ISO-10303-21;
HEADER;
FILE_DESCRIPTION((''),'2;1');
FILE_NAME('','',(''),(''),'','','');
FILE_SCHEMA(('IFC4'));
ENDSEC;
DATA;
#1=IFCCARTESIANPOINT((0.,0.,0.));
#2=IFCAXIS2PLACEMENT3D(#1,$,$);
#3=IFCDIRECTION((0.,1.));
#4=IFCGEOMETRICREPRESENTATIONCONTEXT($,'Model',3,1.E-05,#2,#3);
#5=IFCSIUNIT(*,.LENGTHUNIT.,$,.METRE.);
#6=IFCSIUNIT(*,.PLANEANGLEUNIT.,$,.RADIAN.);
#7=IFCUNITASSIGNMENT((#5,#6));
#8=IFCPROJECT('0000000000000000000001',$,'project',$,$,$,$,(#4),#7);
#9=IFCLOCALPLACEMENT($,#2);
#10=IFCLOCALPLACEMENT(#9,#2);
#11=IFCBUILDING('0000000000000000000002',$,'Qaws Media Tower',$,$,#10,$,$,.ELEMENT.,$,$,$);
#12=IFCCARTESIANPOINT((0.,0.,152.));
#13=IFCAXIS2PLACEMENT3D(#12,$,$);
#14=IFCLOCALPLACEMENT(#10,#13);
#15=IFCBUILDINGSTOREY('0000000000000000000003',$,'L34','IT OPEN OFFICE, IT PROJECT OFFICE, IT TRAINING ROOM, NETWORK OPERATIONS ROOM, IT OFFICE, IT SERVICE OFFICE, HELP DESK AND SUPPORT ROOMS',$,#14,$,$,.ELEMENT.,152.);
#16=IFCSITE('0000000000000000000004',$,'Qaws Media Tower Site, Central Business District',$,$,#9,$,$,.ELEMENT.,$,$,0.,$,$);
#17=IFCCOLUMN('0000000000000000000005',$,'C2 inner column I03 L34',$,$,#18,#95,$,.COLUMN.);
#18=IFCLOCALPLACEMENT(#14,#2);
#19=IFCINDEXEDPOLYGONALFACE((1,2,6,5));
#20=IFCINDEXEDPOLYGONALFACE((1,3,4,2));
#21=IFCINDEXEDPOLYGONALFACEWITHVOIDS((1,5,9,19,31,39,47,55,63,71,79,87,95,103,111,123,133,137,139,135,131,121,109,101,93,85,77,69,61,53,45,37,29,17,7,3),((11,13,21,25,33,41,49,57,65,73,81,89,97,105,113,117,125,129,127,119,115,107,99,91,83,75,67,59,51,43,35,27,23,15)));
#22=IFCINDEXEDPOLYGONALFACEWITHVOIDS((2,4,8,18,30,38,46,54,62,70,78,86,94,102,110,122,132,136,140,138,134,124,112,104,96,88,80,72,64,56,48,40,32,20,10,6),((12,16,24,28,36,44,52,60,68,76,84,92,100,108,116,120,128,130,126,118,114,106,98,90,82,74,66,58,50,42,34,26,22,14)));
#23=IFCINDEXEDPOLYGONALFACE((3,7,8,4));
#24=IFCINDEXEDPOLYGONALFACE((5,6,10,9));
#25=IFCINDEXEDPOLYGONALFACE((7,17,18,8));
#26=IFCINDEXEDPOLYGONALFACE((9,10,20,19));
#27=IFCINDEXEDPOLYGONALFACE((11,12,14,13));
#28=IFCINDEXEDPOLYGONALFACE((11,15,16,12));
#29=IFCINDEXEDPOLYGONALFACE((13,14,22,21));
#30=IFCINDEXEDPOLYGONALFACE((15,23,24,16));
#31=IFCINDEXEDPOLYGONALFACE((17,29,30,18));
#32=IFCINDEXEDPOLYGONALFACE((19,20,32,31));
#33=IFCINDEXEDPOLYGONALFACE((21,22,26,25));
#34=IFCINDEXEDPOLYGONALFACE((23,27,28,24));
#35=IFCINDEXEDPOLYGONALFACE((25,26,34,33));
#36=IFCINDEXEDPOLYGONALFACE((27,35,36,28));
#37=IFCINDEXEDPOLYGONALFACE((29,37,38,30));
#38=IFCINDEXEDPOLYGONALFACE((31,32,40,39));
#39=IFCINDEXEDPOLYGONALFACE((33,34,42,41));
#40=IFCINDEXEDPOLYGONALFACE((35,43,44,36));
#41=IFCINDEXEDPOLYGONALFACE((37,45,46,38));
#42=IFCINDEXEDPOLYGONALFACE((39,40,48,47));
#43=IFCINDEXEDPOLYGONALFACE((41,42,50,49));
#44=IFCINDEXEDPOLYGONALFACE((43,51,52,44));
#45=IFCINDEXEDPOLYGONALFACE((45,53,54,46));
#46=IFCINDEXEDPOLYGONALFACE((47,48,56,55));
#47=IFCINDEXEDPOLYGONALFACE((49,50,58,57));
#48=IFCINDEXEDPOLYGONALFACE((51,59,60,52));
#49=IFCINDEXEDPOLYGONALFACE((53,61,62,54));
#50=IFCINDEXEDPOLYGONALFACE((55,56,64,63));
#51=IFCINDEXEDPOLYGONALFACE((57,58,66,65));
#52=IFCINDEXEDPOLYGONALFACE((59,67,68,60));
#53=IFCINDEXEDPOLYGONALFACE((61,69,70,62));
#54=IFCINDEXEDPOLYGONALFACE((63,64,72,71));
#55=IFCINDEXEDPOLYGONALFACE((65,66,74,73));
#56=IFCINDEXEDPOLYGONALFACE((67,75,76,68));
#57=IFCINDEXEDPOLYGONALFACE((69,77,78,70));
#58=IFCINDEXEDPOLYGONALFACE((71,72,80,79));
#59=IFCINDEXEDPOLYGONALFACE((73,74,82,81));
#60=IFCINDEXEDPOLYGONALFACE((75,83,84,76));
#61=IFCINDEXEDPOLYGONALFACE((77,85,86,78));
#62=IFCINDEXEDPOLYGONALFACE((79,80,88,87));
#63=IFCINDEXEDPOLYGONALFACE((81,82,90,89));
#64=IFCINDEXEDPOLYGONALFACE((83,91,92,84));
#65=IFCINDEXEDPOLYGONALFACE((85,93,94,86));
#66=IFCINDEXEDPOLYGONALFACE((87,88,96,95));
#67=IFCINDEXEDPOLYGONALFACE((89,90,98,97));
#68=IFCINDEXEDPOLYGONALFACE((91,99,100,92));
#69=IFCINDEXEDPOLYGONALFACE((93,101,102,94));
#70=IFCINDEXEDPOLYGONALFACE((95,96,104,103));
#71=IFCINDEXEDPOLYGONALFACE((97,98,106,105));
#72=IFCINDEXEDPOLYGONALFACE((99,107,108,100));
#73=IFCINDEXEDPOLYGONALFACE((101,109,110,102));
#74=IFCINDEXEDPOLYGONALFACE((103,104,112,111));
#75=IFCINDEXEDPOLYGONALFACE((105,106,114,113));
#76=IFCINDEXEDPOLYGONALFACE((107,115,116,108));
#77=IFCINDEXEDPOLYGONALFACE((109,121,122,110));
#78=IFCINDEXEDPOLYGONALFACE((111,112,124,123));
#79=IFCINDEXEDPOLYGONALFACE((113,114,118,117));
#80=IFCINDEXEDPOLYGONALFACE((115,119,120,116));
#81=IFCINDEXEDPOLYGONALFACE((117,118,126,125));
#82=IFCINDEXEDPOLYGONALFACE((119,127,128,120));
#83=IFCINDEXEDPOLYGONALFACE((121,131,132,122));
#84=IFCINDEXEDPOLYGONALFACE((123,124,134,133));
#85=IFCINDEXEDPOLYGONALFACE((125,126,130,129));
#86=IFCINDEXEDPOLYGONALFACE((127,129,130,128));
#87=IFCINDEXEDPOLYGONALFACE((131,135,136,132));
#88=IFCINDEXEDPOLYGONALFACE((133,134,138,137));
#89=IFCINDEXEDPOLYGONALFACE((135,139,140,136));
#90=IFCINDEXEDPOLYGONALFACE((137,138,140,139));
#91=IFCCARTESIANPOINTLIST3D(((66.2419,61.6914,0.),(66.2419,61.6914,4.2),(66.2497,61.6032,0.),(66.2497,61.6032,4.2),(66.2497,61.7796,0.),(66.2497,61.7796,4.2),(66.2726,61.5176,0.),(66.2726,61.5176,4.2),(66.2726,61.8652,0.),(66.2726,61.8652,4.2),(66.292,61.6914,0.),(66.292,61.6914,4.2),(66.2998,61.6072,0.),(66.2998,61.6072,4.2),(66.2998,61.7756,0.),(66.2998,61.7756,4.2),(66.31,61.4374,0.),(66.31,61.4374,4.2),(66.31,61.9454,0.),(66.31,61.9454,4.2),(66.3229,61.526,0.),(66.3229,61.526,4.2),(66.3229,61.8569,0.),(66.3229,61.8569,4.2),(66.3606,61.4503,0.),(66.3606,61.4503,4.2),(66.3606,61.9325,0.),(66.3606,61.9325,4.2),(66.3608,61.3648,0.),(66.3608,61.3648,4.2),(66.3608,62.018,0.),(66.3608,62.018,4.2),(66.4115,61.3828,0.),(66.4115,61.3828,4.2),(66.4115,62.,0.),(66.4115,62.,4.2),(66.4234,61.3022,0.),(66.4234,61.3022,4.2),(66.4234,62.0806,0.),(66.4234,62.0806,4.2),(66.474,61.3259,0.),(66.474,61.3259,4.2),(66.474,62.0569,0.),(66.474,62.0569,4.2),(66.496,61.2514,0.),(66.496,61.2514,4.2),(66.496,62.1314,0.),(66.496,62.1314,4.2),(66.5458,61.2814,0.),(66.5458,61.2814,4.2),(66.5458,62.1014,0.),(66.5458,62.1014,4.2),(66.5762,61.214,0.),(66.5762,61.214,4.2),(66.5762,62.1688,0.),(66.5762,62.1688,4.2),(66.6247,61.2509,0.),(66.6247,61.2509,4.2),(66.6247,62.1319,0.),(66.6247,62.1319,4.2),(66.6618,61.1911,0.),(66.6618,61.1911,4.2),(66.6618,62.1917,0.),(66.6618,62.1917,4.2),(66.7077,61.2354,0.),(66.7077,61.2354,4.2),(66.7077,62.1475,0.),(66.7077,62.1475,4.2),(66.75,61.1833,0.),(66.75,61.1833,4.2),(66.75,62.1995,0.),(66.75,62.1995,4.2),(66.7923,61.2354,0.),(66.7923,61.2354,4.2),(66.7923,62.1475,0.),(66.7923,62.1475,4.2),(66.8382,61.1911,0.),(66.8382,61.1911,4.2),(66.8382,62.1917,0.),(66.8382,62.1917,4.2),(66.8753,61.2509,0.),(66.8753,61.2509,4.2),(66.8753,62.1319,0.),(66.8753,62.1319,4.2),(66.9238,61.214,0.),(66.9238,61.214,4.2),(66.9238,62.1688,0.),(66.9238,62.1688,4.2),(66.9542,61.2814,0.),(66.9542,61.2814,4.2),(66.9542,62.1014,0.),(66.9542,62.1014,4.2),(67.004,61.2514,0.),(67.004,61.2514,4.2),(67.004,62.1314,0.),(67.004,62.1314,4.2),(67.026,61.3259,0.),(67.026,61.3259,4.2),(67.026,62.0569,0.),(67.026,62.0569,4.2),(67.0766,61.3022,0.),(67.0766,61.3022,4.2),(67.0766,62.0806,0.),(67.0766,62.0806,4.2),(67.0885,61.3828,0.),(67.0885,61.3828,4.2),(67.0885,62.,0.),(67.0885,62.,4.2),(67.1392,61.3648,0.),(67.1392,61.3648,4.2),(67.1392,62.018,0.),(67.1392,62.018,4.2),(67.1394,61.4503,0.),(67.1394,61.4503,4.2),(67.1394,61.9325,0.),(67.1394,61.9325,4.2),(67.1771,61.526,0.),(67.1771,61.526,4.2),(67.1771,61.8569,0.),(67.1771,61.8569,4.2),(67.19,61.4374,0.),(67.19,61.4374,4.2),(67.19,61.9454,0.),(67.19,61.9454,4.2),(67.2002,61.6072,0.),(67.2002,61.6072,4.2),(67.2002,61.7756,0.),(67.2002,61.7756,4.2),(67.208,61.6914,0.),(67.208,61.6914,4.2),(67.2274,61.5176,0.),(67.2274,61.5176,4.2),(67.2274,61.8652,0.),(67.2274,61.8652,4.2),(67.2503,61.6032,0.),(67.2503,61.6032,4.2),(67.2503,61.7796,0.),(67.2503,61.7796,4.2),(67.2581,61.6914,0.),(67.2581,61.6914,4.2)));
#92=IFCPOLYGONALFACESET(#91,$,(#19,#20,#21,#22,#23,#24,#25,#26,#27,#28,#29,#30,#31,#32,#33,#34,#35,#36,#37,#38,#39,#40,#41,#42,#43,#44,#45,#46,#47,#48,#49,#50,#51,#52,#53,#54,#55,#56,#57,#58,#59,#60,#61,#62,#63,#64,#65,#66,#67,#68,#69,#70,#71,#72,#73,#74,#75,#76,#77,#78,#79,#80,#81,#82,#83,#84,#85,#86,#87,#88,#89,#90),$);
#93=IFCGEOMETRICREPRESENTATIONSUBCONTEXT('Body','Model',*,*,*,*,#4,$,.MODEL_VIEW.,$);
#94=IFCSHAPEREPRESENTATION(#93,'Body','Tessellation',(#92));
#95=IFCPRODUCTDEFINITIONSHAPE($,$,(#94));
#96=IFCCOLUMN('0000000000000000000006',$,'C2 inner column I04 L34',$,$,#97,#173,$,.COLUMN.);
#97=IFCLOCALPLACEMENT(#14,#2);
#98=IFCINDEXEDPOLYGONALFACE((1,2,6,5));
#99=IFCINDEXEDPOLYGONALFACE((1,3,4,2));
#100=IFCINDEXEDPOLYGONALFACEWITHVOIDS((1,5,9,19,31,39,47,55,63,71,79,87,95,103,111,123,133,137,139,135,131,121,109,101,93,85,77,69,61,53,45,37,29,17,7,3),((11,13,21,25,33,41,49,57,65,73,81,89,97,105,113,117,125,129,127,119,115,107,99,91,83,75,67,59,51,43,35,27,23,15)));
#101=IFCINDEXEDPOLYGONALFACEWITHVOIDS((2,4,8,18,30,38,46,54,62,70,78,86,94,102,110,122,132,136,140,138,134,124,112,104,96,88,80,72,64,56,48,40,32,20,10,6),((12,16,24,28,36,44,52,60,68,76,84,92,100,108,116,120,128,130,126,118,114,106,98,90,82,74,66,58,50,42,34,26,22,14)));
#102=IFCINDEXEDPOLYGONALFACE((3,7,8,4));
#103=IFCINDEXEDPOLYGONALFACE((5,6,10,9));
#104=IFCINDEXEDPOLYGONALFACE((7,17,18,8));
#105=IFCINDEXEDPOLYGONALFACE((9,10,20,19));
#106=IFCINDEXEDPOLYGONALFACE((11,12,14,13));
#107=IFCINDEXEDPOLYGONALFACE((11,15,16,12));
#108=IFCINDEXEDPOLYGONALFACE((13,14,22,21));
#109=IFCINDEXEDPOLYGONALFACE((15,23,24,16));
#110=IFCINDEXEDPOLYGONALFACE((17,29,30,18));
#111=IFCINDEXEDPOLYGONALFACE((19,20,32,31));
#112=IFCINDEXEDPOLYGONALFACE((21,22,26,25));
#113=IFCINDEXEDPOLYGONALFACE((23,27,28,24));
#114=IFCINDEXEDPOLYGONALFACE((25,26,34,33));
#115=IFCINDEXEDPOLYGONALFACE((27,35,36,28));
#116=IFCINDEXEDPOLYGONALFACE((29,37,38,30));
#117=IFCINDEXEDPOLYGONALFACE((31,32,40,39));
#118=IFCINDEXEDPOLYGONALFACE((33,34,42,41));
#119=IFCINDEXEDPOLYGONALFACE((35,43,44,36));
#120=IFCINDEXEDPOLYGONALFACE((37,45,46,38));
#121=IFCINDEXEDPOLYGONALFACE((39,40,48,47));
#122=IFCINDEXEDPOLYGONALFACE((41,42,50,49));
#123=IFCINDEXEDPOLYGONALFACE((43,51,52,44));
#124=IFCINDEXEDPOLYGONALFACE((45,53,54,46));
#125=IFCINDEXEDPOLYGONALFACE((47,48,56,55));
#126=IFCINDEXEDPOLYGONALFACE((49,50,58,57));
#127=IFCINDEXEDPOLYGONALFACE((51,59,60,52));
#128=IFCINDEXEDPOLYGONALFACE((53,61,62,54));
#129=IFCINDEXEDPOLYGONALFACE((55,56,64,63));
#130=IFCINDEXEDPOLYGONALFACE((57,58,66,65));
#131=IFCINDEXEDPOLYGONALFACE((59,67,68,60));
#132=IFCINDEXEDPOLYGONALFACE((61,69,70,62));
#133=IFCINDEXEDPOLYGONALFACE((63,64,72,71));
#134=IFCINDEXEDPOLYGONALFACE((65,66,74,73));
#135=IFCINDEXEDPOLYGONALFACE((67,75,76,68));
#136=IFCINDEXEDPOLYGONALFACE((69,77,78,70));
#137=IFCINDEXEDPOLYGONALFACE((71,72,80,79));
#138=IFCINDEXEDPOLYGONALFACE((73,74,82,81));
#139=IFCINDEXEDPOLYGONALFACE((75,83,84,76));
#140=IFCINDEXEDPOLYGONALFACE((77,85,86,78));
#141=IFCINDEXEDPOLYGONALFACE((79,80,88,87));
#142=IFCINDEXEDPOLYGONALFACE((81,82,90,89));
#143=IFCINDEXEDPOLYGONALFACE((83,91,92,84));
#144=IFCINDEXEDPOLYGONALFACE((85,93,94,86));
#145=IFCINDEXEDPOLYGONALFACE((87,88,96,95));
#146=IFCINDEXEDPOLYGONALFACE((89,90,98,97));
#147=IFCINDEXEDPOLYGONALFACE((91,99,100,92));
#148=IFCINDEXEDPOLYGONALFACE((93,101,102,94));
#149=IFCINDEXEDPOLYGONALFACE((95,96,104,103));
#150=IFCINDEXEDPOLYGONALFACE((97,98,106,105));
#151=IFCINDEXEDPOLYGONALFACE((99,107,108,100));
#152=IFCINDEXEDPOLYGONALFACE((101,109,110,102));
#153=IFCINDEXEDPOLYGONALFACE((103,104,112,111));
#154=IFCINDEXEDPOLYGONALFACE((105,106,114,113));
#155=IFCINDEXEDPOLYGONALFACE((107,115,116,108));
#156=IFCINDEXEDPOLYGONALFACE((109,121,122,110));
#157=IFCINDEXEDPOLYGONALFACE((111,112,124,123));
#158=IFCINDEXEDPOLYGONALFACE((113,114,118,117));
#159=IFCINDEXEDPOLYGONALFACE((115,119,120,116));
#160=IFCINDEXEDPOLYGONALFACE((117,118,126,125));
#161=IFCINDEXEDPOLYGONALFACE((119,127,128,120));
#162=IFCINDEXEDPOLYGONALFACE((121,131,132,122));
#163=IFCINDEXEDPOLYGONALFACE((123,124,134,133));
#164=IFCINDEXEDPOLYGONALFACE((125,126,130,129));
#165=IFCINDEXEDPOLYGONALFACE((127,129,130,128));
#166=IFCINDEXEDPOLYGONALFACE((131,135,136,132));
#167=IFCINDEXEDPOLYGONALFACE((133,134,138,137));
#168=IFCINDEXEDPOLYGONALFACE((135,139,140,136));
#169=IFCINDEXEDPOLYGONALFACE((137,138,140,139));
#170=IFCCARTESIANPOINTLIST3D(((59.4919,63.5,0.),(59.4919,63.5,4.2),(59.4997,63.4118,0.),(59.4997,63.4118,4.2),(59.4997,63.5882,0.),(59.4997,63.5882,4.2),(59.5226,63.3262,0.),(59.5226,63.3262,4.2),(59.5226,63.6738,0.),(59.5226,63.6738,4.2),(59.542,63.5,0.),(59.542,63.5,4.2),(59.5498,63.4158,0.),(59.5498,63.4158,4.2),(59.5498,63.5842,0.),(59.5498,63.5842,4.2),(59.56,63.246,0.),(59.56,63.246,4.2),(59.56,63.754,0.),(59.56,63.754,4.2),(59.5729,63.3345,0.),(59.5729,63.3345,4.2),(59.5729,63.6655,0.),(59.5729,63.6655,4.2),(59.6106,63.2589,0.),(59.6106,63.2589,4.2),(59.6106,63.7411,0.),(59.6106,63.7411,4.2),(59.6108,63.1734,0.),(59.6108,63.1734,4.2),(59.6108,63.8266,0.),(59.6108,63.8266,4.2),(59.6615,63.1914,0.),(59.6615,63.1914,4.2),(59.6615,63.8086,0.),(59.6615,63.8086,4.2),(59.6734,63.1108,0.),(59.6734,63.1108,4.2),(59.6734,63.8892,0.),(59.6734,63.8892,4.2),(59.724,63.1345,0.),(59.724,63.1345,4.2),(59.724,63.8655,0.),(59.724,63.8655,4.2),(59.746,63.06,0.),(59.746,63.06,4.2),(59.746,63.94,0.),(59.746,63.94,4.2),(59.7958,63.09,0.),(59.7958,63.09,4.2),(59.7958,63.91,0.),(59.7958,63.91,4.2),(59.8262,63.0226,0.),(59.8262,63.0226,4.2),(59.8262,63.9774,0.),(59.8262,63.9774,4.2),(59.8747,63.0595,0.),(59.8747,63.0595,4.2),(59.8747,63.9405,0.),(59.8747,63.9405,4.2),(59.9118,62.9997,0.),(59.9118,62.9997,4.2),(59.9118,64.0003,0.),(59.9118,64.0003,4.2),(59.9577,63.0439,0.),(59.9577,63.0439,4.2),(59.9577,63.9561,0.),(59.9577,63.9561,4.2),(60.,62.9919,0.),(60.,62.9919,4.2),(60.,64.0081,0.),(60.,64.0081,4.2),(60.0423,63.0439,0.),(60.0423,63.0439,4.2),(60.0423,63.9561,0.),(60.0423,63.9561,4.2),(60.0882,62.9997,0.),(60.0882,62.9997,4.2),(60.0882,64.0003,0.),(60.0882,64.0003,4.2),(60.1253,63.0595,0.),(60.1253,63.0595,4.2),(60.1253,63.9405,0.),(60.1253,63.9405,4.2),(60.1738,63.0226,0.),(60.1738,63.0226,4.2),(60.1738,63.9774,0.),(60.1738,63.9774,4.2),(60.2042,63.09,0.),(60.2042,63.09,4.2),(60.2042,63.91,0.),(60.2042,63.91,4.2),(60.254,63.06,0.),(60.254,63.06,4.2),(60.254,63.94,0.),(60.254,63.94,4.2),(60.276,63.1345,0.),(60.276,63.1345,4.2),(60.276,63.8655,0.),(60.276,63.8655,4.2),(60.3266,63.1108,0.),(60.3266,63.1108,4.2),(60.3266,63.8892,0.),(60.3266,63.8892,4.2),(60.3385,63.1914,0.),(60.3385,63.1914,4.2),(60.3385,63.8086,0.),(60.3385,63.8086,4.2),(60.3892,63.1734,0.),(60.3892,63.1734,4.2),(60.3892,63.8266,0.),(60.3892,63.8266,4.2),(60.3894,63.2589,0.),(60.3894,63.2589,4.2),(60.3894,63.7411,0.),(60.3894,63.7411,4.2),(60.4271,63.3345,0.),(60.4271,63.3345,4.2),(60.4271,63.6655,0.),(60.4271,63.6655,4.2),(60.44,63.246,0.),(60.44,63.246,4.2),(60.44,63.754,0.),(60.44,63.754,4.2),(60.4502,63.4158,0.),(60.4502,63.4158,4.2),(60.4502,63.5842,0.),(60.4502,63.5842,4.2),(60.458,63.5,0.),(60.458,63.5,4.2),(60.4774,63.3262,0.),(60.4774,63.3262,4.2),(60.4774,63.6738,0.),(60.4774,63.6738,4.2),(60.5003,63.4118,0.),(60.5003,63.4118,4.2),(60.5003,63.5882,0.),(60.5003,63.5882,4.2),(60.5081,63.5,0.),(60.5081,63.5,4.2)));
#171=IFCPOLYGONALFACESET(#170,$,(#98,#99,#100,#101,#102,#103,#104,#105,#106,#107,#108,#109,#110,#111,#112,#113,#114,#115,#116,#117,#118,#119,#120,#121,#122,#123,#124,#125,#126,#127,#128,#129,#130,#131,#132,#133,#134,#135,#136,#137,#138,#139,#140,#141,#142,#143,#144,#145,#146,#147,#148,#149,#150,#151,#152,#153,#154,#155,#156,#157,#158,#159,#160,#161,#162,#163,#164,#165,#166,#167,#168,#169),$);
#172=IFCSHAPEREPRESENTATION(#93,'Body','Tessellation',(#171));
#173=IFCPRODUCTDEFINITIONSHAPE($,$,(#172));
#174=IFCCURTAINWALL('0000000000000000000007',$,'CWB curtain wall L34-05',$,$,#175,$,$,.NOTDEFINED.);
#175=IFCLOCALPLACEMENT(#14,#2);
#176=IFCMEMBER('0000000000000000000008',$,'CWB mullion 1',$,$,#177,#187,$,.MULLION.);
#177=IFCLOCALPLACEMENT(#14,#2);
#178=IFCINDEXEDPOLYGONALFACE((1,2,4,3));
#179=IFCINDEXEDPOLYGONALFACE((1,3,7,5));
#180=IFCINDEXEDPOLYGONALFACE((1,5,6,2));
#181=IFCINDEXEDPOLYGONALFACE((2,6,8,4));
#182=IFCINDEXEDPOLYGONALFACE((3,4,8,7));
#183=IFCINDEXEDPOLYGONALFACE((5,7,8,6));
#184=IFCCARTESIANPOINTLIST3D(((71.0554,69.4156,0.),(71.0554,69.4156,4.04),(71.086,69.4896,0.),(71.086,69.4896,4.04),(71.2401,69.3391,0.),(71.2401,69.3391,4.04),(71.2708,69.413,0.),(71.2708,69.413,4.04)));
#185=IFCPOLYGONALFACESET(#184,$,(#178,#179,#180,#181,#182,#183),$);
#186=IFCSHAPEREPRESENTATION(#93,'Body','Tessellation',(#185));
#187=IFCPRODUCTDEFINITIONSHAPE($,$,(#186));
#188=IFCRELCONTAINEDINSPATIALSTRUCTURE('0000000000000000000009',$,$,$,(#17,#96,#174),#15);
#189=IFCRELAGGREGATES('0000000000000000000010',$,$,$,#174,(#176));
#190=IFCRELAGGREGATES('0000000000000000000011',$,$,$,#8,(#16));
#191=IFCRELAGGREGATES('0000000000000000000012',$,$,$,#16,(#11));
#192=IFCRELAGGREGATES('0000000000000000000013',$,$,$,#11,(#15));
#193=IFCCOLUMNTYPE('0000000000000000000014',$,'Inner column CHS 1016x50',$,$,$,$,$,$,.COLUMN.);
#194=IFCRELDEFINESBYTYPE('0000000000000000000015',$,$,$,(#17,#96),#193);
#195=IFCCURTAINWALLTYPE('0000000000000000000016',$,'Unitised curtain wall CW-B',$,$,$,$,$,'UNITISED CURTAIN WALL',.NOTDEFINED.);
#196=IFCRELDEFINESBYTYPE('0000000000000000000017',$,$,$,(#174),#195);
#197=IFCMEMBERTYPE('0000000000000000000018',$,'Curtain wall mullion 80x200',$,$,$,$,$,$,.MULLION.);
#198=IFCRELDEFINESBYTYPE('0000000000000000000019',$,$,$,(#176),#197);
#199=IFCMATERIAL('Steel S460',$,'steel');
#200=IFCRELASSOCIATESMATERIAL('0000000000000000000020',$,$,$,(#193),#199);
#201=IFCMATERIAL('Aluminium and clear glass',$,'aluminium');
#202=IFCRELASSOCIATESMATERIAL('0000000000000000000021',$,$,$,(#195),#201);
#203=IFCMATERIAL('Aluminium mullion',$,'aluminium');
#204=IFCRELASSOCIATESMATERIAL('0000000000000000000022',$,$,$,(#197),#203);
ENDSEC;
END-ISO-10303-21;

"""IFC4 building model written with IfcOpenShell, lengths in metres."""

from ifc_helpers import new_model, si_unit, direction, frame, origin, origin_2d, place, context, subcontext, project, spatial, rectangle, hollow_circle, extrude, material, material_profile, profile_set, type_object, element, aggregate, save


model = new_model("IFC4")

# Units and contexts
model_context = context("Model", 3, precision=1e-05, world=origin(), true_north=direction((0.0, 1.0)))
body_context = subcontext(model_context, "Body", "Model", "MODEL_VIEW")
ifc_project = project(units=[si_unit("LENGTHUNIT", "METRE"), si_unit("PLANEANGLEUNIT", "RADIAN")], contexts=[model_context])

# Site, building, storey
site_placement = place(None, origin())
site = spatial("IfcSite", under=ifc_project, at=site_placement, Name="Qaws Media Tower Site, Central Business District", CompositionType="ELEMENT", RefElevation=0.0)
building_placement = place(site_placement, origin())
building = spatial("IfcBuilding", under=site, at=building_placement, Name="Qaws Media Tower", CompositionType="ELEMENT")
storey_placement = place(building_placement, frame((0.0, 0.0, 152.0)))
storey = spatial("IfcBuildingStorey", under=building, at=storey_placement, Name="L34", Description="IT OPEN OFFICE, IT PROJECT OFFICE, IT TRAINING ROOM, NETWORK OPERATIONS ROOM, IT OFFICE, IT SERVICE OFFICE, HELP DESK AND SUPPORT ROOMS", CompositionType="ELEMENT", Elevation=152.0)

# Columns
ifc_material_1 = material(Name="Steel S460", Category="steel")
ifc_material_profile_1 = material_profile(ifc_material_1, hollow_circle(Radius=0.5081, WallThickness=0.05, at=origin_2d()), Name="CHS 1016x50")
ifc_profile_set_1 = profile_set([ifc_material_profile_1], Name="Steel S460")
column_type = type_object("IfcColumnType", Name="Inner column CHS 1016x50", PredefinedType="COLUMN", material=ifc_profile_set_1)
for number, where, z_axis, x_axis, name in (
    (1, (66.75, 61.6914, 0.0), (0.0, 0.0, 1.0), (1.0, 0.0, 0.0), "C2 inner column I03 L34"),
    (2, (60.0, 63.5, 0.0), (0.0, 0.0, 1.0), (1.0, 0.0, 0.0), "C2 inner column I04 L34"),
):
    element("IfcColumn", number, at=place(storey_placement, frame(where, z_axis=z_axis, x_axis=x_axis)), inside=storey, type_object=column_type, Name=name, PredefinedType="COLUMN", context=body_context, shape_type="SweptSolid", body=[
        extrude(hollow_circle(Radius=0.5081, WallThickness=0.05, at=origin_2d()), origin(), (0.0, 0.0, 1.0), 4.2),
    ])

# Curtain wall, member
ifc_material_2 = material(Name="Aluminium and clear glass", Category="aluminium")
curtain_wall_type = type_object("IfcCurtainWallType", Name="Unitised curtain wall CW-B", ElementType="UNITISED CURTAIN WALL", PredefinedType="NOTDEFINED", material=ifc_material_2)
curtain_wall_placement = place(storey_placement, origin())
curtain_wall = element("IfcCurtainWall", 3, at=curtain_wall_placement, inside=storey, type_object=curtain_wall_type, Name="CWB curtain wall L34-05", PredefinedType="NOTDEFINED")
ifc_material_3 = material(Name="Aluminium mullion", Category="aluminium")
ifc_material_profile_2 = material_profile(ifc_material_3, rectangle(XDim=0.0801, YDim=0.2, at=origin_2d()), Name="80x200")
ifc_profile_set_2 = profile_set([ifc_material_profile_2], Name="Aluminium mullion")
member_type = type_object("IfcMemberType", Name="Curtain wall mullion 80x200", PredefinedType="MULLION", material=ifc_profile_set_2)
member_placement = place(storey_placement, frame((71.1631, 69.4143, 0.0), z_axis=(0.0, 0.0, 1.0), x_axis=(-0.382684, -0.923879, 0.0)))
member = element("IfcMember", 4, at=member_placement, type_object=member_type, Name="CWB mullion 1", PredefinedType="MULLION", context=body_context, shape_type="SweptSolid", body=[
    extrude(rectangle(XDim=0.0801, YDim=0.2, at=origin_2d()), origin(), (0.0, 0.0, 1.0), 4.04),
])
aggregate(curtain_wall, [member])

save(model, "model.ifc")
